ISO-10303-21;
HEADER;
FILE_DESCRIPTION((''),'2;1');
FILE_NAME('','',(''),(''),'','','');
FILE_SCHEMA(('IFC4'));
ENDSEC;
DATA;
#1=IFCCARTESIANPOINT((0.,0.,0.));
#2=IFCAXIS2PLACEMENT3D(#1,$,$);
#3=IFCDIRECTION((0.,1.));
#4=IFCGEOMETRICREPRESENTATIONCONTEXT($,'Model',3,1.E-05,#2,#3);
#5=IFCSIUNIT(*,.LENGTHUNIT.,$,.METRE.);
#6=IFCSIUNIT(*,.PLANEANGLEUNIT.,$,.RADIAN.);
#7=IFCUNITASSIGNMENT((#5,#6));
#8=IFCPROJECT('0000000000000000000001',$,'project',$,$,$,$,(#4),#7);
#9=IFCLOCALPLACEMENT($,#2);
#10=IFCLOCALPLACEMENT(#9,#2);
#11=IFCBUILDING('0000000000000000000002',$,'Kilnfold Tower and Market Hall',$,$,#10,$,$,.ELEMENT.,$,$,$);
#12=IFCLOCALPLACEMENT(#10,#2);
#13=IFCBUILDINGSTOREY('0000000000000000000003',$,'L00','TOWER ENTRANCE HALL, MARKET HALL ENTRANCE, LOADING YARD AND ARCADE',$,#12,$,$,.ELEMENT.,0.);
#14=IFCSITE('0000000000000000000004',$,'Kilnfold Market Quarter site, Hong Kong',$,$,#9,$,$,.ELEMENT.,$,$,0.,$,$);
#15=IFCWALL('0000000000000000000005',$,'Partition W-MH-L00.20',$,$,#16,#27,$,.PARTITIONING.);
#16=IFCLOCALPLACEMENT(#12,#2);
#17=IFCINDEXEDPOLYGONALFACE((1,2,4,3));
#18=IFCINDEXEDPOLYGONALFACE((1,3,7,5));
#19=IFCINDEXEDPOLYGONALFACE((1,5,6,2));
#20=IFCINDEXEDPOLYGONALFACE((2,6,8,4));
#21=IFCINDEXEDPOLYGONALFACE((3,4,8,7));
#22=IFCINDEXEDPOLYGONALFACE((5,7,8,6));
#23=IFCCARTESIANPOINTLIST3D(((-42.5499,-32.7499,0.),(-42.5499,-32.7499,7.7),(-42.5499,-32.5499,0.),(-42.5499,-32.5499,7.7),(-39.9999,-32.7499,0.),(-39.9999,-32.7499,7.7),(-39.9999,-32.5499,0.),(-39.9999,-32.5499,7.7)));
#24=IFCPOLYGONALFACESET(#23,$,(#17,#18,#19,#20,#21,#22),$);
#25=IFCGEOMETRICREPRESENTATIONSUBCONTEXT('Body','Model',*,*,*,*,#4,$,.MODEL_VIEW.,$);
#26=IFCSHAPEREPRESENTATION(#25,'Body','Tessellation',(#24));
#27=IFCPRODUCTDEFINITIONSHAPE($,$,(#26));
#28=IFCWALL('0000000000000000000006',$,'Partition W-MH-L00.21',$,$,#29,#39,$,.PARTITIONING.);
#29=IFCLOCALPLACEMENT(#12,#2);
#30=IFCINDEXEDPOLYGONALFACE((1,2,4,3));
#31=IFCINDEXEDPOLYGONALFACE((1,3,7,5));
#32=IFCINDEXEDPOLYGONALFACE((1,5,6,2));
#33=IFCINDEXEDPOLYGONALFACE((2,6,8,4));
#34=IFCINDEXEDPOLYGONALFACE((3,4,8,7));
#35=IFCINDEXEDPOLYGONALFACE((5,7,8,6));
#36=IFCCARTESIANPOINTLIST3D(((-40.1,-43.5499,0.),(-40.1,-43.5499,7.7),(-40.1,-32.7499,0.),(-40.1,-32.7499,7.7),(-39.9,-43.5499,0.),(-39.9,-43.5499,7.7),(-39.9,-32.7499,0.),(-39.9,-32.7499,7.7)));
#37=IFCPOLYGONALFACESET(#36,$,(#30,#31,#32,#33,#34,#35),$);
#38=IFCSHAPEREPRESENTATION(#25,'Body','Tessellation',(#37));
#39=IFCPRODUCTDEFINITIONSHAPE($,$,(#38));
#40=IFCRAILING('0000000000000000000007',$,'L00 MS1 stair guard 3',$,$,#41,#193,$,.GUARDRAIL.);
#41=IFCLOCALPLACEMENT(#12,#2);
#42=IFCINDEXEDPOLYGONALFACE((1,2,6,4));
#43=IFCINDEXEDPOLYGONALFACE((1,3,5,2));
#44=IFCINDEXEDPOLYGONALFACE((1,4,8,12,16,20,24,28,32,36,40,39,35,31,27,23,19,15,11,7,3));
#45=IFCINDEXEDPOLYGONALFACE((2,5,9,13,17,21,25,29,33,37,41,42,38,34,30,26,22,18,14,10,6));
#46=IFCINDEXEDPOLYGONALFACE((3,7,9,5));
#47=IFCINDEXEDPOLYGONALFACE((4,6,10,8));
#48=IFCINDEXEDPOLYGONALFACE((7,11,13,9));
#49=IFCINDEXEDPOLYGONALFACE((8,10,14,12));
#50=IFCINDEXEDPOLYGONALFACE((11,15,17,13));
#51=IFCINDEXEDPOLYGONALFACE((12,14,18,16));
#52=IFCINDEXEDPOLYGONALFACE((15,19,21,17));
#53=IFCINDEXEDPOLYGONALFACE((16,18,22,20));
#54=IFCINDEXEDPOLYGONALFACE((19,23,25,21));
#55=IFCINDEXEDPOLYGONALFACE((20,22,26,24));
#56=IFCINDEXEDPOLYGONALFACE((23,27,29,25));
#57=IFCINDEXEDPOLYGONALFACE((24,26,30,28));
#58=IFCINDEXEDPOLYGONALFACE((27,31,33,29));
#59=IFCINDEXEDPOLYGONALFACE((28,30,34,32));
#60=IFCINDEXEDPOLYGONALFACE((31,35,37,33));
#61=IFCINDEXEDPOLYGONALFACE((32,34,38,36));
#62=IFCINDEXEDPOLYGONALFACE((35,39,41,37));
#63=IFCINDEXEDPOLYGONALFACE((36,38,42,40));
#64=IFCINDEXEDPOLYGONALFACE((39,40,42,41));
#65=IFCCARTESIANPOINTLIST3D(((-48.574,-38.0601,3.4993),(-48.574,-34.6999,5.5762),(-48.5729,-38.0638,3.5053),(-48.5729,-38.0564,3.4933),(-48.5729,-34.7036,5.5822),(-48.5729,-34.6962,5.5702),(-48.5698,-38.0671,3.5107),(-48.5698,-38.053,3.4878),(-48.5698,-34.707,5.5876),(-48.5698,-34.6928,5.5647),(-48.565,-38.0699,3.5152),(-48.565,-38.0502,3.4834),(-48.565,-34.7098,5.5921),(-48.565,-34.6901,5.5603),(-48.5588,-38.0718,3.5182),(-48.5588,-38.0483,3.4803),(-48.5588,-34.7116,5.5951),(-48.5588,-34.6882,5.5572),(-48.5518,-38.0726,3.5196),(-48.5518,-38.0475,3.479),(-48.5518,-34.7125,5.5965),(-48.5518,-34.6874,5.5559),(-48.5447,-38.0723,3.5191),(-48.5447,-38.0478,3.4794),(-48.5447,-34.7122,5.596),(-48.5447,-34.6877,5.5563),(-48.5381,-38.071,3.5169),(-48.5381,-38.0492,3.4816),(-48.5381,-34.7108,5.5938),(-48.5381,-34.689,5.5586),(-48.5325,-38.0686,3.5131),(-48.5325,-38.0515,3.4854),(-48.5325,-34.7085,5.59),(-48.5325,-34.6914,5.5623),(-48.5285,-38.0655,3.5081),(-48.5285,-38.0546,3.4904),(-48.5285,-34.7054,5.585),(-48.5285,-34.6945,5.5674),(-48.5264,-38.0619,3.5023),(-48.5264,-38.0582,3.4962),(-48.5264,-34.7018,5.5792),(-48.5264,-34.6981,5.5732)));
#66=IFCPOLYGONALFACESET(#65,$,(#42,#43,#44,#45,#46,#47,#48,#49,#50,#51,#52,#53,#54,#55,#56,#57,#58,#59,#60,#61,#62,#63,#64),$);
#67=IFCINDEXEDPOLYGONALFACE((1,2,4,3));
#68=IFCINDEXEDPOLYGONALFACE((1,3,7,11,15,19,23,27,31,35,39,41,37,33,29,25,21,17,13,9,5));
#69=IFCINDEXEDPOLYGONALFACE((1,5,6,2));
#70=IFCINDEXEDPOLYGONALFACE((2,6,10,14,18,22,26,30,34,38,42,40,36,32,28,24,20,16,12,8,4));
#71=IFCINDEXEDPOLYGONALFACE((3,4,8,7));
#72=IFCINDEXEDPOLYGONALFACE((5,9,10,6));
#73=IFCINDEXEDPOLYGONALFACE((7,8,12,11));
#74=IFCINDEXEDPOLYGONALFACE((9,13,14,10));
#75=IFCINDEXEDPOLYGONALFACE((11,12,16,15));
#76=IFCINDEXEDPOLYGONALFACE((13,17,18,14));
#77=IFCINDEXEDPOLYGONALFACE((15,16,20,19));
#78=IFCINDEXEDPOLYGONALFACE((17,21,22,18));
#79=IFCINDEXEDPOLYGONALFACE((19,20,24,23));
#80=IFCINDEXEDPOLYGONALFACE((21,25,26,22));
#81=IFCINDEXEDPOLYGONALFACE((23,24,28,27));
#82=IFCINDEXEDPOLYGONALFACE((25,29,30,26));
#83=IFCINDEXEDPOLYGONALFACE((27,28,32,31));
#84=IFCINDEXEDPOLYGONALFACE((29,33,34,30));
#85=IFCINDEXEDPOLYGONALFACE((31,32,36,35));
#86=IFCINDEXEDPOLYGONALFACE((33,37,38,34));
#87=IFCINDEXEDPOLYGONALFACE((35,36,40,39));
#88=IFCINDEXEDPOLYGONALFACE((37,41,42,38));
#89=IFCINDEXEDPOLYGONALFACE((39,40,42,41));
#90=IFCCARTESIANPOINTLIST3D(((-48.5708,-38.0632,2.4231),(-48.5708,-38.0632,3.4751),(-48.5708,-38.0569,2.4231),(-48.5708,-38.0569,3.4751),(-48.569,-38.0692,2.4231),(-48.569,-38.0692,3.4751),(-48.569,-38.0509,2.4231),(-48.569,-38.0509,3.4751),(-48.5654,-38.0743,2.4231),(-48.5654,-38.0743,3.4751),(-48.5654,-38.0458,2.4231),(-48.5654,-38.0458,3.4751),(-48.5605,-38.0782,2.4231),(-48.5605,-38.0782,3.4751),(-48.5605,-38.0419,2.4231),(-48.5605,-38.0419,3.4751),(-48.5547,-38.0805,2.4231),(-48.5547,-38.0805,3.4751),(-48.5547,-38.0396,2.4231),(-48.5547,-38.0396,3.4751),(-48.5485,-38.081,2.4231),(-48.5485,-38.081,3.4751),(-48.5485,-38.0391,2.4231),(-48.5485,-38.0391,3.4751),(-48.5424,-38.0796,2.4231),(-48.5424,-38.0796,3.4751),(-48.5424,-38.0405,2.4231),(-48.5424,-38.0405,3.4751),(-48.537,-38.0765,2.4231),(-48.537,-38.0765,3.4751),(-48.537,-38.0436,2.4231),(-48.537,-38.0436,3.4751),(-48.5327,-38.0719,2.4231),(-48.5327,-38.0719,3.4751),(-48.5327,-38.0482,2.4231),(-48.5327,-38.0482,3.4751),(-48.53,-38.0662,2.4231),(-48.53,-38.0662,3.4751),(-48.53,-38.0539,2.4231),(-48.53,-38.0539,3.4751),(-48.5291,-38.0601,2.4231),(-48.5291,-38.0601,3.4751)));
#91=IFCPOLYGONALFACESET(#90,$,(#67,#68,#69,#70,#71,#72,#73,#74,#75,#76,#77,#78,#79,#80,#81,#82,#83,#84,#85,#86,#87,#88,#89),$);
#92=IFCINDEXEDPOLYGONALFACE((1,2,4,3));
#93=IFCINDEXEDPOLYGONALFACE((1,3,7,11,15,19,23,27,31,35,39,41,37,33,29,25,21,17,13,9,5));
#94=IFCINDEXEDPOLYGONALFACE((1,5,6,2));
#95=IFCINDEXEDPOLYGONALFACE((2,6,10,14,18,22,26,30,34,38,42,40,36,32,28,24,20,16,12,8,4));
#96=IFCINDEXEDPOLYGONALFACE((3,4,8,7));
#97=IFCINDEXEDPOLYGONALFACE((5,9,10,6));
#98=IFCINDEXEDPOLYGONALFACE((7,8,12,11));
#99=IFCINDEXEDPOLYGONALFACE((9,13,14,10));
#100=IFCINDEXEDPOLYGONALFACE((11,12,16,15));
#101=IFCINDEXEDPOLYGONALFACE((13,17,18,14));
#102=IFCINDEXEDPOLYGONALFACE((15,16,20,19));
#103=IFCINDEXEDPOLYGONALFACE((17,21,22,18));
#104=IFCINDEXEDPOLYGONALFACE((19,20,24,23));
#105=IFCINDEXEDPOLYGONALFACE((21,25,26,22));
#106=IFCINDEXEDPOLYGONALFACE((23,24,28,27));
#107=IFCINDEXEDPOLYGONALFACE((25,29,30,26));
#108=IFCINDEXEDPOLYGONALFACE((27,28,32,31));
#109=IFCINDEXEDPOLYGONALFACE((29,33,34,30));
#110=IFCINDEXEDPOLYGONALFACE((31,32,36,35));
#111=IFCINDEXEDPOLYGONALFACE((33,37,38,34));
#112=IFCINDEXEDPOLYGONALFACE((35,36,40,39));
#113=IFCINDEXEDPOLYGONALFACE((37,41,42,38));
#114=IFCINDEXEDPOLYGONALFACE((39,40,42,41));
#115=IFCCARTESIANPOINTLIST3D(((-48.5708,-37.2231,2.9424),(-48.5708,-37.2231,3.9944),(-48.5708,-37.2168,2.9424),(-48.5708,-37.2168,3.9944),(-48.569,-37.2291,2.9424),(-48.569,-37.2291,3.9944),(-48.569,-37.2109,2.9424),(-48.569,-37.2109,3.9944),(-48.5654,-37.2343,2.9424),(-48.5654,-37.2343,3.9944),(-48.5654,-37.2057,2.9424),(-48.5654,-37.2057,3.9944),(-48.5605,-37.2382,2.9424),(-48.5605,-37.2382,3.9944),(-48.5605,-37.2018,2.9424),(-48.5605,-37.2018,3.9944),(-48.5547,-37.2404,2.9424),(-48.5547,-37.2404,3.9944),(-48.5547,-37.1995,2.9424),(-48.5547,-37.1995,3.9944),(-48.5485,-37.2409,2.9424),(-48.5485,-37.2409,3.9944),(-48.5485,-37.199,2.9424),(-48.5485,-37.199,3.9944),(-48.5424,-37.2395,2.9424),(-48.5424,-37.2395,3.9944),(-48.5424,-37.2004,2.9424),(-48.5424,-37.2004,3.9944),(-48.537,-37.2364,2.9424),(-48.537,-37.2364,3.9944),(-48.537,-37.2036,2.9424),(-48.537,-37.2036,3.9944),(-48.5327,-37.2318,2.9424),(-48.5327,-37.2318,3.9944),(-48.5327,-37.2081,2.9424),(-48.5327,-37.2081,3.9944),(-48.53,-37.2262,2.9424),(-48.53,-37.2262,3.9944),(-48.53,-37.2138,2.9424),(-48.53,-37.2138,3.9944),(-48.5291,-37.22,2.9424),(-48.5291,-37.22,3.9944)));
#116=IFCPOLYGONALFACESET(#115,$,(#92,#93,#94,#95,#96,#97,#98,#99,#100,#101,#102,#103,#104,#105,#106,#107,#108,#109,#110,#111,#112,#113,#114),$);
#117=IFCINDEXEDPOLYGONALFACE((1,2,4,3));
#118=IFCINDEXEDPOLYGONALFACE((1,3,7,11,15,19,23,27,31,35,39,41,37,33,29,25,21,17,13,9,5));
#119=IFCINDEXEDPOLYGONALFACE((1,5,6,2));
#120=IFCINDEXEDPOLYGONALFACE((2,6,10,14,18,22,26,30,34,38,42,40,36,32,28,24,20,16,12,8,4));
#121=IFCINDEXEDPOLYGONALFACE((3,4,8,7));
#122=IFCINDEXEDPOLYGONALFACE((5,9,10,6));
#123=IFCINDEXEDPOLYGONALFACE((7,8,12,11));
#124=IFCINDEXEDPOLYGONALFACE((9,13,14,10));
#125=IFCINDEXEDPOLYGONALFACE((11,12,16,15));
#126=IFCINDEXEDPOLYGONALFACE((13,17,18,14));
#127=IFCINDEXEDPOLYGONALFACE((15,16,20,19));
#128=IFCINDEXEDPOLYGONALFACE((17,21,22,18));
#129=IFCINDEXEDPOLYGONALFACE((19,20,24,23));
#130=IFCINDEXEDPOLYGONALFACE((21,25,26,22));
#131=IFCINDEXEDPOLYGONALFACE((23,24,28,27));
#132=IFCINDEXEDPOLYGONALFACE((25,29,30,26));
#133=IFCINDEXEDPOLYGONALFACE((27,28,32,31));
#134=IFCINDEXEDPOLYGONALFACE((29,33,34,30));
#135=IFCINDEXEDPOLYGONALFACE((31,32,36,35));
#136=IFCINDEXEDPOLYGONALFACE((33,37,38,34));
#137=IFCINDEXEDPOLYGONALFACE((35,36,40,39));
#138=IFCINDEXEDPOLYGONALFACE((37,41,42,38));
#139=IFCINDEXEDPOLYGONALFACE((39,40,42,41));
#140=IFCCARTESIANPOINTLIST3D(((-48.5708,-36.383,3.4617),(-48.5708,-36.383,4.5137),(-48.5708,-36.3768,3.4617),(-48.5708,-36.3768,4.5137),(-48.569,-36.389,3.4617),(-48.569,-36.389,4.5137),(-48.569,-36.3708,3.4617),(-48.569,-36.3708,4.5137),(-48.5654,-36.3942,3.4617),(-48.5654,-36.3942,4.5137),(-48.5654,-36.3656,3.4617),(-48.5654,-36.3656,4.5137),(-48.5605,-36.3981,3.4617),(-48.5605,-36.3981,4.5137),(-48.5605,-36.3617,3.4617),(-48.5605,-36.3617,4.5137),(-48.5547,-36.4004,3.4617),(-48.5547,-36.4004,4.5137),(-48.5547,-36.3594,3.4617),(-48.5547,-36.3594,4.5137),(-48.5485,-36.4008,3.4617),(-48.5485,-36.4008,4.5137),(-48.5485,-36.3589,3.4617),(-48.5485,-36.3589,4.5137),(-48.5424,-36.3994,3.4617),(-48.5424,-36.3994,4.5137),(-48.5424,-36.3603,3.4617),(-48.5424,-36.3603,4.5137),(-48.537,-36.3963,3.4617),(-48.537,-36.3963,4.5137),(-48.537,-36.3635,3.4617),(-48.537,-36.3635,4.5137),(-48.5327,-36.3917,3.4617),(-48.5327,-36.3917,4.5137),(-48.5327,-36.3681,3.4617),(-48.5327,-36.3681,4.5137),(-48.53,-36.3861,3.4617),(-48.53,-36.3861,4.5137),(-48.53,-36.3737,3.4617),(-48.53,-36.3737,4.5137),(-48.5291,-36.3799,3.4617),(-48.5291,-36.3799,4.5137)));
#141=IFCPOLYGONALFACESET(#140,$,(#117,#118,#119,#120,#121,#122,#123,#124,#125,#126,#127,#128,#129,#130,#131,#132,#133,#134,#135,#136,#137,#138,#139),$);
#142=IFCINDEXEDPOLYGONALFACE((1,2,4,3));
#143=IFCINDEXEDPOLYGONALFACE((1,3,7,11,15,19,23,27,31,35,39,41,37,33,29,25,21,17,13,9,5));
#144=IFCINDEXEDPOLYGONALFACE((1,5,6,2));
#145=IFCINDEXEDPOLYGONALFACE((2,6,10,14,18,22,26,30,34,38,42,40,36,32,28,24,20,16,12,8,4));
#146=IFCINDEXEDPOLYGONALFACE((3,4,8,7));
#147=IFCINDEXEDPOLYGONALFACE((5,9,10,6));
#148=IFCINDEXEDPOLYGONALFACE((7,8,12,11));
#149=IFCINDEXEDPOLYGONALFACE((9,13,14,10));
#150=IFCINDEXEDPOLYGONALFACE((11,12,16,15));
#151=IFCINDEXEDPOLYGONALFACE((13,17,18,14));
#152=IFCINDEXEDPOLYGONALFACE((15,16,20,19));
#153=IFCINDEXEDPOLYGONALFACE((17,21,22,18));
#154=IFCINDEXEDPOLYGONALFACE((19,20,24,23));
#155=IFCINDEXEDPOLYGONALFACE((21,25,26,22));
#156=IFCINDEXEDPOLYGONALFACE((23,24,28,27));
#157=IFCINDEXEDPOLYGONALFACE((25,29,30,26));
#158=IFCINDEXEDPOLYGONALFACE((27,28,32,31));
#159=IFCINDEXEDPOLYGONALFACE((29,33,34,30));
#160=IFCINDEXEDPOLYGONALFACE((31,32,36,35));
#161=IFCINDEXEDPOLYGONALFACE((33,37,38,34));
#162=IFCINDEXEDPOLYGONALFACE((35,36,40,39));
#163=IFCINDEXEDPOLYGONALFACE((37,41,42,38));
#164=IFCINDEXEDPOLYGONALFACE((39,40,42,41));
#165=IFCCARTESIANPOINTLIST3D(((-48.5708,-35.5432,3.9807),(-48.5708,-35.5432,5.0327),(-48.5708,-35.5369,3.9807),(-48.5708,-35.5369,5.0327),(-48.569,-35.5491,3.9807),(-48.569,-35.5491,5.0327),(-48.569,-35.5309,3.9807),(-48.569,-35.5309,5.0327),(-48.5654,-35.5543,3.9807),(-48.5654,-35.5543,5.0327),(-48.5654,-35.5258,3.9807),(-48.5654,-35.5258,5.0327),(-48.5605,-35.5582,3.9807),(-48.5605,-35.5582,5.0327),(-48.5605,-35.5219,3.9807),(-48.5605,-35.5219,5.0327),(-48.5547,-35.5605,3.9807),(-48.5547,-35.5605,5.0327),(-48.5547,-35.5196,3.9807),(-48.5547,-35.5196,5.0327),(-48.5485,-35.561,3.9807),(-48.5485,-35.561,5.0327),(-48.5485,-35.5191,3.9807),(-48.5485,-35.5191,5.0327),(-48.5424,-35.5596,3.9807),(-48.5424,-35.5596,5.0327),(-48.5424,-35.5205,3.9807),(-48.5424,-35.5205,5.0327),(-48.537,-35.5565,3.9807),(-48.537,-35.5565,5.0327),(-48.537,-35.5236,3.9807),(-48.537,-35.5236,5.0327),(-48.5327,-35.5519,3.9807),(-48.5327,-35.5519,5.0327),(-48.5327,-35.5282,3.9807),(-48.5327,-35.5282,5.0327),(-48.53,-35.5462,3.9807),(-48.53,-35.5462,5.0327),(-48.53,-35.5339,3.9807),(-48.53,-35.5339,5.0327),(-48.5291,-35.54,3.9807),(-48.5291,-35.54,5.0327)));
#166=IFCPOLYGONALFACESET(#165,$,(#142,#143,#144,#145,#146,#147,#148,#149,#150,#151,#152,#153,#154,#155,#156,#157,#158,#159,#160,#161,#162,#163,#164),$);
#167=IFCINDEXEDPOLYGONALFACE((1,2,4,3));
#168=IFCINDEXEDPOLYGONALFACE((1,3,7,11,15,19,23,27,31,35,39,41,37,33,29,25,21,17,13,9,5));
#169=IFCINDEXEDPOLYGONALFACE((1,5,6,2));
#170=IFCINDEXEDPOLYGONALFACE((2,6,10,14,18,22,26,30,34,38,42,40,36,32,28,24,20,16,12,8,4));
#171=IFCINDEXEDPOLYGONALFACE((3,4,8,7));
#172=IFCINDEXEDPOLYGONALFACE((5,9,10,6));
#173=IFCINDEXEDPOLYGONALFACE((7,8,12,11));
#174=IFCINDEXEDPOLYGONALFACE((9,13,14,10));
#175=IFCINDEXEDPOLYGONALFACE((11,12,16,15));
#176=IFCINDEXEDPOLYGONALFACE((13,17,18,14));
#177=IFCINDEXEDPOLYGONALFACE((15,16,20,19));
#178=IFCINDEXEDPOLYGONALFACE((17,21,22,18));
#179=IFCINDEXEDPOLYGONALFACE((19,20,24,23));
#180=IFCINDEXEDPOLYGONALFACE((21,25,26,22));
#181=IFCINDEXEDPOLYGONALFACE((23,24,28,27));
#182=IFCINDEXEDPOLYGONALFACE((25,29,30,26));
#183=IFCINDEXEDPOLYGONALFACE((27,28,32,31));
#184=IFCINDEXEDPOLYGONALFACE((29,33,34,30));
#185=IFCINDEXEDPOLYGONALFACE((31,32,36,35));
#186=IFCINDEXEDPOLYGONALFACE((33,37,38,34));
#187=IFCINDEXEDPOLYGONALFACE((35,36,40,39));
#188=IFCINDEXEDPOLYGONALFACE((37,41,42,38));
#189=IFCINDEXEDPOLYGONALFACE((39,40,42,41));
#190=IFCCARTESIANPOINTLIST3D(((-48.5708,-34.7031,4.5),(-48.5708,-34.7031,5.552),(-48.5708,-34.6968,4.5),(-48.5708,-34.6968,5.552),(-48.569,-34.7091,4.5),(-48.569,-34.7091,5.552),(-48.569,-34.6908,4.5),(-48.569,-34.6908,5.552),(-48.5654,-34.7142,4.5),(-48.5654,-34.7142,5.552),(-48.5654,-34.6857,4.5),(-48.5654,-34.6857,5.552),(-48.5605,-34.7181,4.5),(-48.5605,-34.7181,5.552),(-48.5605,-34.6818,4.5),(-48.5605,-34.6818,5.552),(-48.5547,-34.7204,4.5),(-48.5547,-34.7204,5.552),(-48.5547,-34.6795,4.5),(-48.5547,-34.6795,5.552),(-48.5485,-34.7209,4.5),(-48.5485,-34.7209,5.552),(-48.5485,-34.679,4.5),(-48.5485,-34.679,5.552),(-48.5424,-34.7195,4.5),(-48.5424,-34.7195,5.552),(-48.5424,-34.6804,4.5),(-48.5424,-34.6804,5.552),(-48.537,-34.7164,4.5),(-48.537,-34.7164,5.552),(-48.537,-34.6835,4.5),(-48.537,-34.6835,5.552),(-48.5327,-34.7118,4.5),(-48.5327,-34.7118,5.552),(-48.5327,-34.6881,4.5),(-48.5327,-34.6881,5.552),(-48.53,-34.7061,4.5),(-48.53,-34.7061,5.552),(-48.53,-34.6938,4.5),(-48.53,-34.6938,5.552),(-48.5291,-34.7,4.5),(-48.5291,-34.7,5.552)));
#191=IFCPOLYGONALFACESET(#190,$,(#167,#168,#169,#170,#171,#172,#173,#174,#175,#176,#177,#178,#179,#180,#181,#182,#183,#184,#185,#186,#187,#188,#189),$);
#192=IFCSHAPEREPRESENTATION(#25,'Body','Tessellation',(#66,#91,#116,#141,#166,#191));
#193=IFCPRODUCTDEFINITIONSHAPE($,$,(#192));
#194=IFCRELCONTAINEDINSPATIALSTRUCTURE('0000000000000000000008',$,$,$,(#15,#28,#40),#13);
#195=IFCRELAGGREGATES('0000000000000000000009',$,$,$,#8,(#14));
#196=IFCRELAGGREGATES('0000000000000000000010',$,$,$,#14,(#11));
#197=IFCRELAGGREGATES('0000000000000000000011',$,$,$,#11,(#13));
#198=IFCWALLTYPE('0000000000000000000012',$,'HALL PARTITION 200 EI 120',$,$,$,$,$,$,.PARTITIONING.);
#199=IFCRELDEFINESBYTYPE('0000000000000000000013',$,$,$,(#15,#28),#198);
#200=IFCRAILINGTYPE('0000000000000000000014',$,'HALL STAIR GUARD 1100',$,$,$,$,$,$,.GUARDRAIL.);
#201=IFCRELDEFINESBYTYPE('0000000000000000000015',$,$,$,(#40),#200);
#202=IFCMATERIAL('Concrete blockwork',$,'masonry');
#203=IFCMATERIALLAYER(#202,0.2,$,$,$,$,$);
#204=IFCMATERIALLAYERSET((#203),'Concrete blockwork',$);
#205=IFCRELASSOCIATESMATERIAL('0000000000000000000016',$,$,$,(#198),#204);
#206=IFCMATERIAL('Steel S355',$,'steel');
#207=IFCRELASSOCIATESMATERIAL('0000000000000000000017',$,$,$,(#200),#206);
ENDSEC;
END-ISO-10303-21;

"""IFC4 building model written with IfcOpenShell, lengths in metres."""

from ifc_helpers import new_model, si_unit, direction, frame, frame_2d, origin, origin_2d, place, context, subcontext, project, spatial, rectangle, circle, extrude, source, transform, mapped, material, layer, layer_set, type_object, element, save


model = new_model("IFC4")

# Units and contexts
model_context = context("Model", 3, precision=1e-05, world=origin(), true_north=direction((0.0, 1.0)))
body_context = subcontext(model_context, "Body", "Model", "MODEL_VIEW")
ifc_project = project(units=[si_unit("LENGTHUNIT", "METRE"), si_unit("PLANEANGLEUNIT", "RADIAN")], contexts=[model_context])

# Site, building, storey
site_placement = place(None, origin())
site = spatial("IfcSite", under=ifc_project, at=site_placement, Name="Kilnfold Market Quarter site, Hong Kong", CompositionType="ELEMENT", RefElevation=0.0)
building_placement = place(site_placement, origin())
building = spatial("IfcBuilding", under=site, at=building_placement, Name="Kilnfold Tower and Market Hall", CompositionType="ELEMENT")
storey_placement = place(building_placement, origin())
storey = spatial("IfcBuildingStorey", under=building, at=storey_placement, Name="L00", Description="TOWER ENTRANCE HALL, MARKET HALL ENTRANCE, LOADING YARD AND ARCADE", CompositionType="ELEMENT", Elevation=0.0)

# Shared definitions
ifc_material_1 = material(Name="Concrete blockwork", Category="masonry")
ifc_layer_1 = layer(ifc_material_1, 0.2)
ifc_layer_set_1 = layer_set([ifc_layer_1], Name="Concrete blockwork")
wall_type_1 = type_object("IfcWallType", Name="HALL PARTITION 200 EI 120", PredefinedType="PARTITIONING", material=ifc_layer_set_1)

# Walls
shared_shape_1 = source(origin(), body_context, "Body", "SweptSolid", [
    extrude(rectangle(XDim=2.55, YDim=0.2, at=frame_2d((1.2749, 0.0))), origin(), (0.0, 0.0, 1.0), 7.7),
])
wall_1_placement = place(storey_placement, frame((-40.0, -32.6499, 0.0), z_axis=(0.0, 0.0, 1.0), x_axis=(-1.0, 0.0, 0.0)))
element("IfcWall", 1, at=wall_1_placement, inside=storey, type_object=wall_type_1, Name="Partition W-MH-L00.20", PredefinedType="PARTITIONING", context=body_context, shape_type="MappedRepresentation", body=[
    mapped(shared_shape_1, transform((0.0, 0.0, 0.0))),
])
shared_shape_2 = source(origin(), body_context, "Body", "SweptSolid", [
    extrude(rectangle(XDim=10.8, YDim=0.2, at=frame_2d((5.3999, 0.0))), origin(), (0.0, 0.0, 1.0), 7.7),
])
wall_2_placement = place(storey_placement, frame((-40.0, -32.75, 0.0), z_axis=(0.0, 0.0, 1.0), x_axis=(0.0, -1.0, 0.0)))
element("IfcWall", 2, at=wall_2_placement, inside=storey, type_object=wall_type_1, Name="Partition W-MH-L00.21", PredefinedType="PARTITIONING", context=body_context, shape_type="MappedRepresentation", body=[
    mapped(shared_shape_2, transform((0.0, 0.0, 0.0))),
])

# Railing
ifc_material_2 = material(Name="Steel S355", Category="steel")
railing_type_1 = type_object("IfcRailingType", Name="HALL STAIR GUARD 1100", PredefinedType="GUARDRAIL", material=ifc_material_2)
for number, where, name in (
    (3, (-48.55, -38.0601, 2.4231), "L00 MS1 stair guard 3"),
):
    element("IfcRailing", number, at=place(storey_placement, frame(where)), inside=storey, type_object=railing_type_1, Name=name, PredefinedType="GUARDRAIL", context=body_context, shape_type="SweptSolid", body=[
        extrude(circle(Radius=0.0239, at=origin_2d()), frame((0.0, 0.0, 1.0762), z_axis=(0.0, 0.850623, 0.525776), x_axis=(-1.0, 0.0, 0.0)), (0.0, 0.0, 1.0), 3.9502),
        extrude(circle(Radius=0.021, at=origin_2d()), origin(), (0.0, 0.0, 1.0), 1.052),
        extrude(circle(Radius=0.021, at=origin_2d()), frame((0.0, 0.8401, 0.5193)), (0.0, 0.0, 1.0), 1.052),
        extrude(circle(Radius=0.021, at=origin_2d()), frame((0.0, 1.6802, 1.0386)), (0.0, 0.0, 1.0), 1.052),
        extrude(circle(Radius=0.021, at=origin_2d()), frame((0.0, 2.52, 1.5576)), (0.0, 0.0, 1.0), 1.052),
        extrude(circle(Radius=0.021, at=origin_2d()), frame((0.0, 3.3601, 2.0769)), (0.0, 0.0, 1.0), 1.052),
    ])

save(model, "model.ifc")
